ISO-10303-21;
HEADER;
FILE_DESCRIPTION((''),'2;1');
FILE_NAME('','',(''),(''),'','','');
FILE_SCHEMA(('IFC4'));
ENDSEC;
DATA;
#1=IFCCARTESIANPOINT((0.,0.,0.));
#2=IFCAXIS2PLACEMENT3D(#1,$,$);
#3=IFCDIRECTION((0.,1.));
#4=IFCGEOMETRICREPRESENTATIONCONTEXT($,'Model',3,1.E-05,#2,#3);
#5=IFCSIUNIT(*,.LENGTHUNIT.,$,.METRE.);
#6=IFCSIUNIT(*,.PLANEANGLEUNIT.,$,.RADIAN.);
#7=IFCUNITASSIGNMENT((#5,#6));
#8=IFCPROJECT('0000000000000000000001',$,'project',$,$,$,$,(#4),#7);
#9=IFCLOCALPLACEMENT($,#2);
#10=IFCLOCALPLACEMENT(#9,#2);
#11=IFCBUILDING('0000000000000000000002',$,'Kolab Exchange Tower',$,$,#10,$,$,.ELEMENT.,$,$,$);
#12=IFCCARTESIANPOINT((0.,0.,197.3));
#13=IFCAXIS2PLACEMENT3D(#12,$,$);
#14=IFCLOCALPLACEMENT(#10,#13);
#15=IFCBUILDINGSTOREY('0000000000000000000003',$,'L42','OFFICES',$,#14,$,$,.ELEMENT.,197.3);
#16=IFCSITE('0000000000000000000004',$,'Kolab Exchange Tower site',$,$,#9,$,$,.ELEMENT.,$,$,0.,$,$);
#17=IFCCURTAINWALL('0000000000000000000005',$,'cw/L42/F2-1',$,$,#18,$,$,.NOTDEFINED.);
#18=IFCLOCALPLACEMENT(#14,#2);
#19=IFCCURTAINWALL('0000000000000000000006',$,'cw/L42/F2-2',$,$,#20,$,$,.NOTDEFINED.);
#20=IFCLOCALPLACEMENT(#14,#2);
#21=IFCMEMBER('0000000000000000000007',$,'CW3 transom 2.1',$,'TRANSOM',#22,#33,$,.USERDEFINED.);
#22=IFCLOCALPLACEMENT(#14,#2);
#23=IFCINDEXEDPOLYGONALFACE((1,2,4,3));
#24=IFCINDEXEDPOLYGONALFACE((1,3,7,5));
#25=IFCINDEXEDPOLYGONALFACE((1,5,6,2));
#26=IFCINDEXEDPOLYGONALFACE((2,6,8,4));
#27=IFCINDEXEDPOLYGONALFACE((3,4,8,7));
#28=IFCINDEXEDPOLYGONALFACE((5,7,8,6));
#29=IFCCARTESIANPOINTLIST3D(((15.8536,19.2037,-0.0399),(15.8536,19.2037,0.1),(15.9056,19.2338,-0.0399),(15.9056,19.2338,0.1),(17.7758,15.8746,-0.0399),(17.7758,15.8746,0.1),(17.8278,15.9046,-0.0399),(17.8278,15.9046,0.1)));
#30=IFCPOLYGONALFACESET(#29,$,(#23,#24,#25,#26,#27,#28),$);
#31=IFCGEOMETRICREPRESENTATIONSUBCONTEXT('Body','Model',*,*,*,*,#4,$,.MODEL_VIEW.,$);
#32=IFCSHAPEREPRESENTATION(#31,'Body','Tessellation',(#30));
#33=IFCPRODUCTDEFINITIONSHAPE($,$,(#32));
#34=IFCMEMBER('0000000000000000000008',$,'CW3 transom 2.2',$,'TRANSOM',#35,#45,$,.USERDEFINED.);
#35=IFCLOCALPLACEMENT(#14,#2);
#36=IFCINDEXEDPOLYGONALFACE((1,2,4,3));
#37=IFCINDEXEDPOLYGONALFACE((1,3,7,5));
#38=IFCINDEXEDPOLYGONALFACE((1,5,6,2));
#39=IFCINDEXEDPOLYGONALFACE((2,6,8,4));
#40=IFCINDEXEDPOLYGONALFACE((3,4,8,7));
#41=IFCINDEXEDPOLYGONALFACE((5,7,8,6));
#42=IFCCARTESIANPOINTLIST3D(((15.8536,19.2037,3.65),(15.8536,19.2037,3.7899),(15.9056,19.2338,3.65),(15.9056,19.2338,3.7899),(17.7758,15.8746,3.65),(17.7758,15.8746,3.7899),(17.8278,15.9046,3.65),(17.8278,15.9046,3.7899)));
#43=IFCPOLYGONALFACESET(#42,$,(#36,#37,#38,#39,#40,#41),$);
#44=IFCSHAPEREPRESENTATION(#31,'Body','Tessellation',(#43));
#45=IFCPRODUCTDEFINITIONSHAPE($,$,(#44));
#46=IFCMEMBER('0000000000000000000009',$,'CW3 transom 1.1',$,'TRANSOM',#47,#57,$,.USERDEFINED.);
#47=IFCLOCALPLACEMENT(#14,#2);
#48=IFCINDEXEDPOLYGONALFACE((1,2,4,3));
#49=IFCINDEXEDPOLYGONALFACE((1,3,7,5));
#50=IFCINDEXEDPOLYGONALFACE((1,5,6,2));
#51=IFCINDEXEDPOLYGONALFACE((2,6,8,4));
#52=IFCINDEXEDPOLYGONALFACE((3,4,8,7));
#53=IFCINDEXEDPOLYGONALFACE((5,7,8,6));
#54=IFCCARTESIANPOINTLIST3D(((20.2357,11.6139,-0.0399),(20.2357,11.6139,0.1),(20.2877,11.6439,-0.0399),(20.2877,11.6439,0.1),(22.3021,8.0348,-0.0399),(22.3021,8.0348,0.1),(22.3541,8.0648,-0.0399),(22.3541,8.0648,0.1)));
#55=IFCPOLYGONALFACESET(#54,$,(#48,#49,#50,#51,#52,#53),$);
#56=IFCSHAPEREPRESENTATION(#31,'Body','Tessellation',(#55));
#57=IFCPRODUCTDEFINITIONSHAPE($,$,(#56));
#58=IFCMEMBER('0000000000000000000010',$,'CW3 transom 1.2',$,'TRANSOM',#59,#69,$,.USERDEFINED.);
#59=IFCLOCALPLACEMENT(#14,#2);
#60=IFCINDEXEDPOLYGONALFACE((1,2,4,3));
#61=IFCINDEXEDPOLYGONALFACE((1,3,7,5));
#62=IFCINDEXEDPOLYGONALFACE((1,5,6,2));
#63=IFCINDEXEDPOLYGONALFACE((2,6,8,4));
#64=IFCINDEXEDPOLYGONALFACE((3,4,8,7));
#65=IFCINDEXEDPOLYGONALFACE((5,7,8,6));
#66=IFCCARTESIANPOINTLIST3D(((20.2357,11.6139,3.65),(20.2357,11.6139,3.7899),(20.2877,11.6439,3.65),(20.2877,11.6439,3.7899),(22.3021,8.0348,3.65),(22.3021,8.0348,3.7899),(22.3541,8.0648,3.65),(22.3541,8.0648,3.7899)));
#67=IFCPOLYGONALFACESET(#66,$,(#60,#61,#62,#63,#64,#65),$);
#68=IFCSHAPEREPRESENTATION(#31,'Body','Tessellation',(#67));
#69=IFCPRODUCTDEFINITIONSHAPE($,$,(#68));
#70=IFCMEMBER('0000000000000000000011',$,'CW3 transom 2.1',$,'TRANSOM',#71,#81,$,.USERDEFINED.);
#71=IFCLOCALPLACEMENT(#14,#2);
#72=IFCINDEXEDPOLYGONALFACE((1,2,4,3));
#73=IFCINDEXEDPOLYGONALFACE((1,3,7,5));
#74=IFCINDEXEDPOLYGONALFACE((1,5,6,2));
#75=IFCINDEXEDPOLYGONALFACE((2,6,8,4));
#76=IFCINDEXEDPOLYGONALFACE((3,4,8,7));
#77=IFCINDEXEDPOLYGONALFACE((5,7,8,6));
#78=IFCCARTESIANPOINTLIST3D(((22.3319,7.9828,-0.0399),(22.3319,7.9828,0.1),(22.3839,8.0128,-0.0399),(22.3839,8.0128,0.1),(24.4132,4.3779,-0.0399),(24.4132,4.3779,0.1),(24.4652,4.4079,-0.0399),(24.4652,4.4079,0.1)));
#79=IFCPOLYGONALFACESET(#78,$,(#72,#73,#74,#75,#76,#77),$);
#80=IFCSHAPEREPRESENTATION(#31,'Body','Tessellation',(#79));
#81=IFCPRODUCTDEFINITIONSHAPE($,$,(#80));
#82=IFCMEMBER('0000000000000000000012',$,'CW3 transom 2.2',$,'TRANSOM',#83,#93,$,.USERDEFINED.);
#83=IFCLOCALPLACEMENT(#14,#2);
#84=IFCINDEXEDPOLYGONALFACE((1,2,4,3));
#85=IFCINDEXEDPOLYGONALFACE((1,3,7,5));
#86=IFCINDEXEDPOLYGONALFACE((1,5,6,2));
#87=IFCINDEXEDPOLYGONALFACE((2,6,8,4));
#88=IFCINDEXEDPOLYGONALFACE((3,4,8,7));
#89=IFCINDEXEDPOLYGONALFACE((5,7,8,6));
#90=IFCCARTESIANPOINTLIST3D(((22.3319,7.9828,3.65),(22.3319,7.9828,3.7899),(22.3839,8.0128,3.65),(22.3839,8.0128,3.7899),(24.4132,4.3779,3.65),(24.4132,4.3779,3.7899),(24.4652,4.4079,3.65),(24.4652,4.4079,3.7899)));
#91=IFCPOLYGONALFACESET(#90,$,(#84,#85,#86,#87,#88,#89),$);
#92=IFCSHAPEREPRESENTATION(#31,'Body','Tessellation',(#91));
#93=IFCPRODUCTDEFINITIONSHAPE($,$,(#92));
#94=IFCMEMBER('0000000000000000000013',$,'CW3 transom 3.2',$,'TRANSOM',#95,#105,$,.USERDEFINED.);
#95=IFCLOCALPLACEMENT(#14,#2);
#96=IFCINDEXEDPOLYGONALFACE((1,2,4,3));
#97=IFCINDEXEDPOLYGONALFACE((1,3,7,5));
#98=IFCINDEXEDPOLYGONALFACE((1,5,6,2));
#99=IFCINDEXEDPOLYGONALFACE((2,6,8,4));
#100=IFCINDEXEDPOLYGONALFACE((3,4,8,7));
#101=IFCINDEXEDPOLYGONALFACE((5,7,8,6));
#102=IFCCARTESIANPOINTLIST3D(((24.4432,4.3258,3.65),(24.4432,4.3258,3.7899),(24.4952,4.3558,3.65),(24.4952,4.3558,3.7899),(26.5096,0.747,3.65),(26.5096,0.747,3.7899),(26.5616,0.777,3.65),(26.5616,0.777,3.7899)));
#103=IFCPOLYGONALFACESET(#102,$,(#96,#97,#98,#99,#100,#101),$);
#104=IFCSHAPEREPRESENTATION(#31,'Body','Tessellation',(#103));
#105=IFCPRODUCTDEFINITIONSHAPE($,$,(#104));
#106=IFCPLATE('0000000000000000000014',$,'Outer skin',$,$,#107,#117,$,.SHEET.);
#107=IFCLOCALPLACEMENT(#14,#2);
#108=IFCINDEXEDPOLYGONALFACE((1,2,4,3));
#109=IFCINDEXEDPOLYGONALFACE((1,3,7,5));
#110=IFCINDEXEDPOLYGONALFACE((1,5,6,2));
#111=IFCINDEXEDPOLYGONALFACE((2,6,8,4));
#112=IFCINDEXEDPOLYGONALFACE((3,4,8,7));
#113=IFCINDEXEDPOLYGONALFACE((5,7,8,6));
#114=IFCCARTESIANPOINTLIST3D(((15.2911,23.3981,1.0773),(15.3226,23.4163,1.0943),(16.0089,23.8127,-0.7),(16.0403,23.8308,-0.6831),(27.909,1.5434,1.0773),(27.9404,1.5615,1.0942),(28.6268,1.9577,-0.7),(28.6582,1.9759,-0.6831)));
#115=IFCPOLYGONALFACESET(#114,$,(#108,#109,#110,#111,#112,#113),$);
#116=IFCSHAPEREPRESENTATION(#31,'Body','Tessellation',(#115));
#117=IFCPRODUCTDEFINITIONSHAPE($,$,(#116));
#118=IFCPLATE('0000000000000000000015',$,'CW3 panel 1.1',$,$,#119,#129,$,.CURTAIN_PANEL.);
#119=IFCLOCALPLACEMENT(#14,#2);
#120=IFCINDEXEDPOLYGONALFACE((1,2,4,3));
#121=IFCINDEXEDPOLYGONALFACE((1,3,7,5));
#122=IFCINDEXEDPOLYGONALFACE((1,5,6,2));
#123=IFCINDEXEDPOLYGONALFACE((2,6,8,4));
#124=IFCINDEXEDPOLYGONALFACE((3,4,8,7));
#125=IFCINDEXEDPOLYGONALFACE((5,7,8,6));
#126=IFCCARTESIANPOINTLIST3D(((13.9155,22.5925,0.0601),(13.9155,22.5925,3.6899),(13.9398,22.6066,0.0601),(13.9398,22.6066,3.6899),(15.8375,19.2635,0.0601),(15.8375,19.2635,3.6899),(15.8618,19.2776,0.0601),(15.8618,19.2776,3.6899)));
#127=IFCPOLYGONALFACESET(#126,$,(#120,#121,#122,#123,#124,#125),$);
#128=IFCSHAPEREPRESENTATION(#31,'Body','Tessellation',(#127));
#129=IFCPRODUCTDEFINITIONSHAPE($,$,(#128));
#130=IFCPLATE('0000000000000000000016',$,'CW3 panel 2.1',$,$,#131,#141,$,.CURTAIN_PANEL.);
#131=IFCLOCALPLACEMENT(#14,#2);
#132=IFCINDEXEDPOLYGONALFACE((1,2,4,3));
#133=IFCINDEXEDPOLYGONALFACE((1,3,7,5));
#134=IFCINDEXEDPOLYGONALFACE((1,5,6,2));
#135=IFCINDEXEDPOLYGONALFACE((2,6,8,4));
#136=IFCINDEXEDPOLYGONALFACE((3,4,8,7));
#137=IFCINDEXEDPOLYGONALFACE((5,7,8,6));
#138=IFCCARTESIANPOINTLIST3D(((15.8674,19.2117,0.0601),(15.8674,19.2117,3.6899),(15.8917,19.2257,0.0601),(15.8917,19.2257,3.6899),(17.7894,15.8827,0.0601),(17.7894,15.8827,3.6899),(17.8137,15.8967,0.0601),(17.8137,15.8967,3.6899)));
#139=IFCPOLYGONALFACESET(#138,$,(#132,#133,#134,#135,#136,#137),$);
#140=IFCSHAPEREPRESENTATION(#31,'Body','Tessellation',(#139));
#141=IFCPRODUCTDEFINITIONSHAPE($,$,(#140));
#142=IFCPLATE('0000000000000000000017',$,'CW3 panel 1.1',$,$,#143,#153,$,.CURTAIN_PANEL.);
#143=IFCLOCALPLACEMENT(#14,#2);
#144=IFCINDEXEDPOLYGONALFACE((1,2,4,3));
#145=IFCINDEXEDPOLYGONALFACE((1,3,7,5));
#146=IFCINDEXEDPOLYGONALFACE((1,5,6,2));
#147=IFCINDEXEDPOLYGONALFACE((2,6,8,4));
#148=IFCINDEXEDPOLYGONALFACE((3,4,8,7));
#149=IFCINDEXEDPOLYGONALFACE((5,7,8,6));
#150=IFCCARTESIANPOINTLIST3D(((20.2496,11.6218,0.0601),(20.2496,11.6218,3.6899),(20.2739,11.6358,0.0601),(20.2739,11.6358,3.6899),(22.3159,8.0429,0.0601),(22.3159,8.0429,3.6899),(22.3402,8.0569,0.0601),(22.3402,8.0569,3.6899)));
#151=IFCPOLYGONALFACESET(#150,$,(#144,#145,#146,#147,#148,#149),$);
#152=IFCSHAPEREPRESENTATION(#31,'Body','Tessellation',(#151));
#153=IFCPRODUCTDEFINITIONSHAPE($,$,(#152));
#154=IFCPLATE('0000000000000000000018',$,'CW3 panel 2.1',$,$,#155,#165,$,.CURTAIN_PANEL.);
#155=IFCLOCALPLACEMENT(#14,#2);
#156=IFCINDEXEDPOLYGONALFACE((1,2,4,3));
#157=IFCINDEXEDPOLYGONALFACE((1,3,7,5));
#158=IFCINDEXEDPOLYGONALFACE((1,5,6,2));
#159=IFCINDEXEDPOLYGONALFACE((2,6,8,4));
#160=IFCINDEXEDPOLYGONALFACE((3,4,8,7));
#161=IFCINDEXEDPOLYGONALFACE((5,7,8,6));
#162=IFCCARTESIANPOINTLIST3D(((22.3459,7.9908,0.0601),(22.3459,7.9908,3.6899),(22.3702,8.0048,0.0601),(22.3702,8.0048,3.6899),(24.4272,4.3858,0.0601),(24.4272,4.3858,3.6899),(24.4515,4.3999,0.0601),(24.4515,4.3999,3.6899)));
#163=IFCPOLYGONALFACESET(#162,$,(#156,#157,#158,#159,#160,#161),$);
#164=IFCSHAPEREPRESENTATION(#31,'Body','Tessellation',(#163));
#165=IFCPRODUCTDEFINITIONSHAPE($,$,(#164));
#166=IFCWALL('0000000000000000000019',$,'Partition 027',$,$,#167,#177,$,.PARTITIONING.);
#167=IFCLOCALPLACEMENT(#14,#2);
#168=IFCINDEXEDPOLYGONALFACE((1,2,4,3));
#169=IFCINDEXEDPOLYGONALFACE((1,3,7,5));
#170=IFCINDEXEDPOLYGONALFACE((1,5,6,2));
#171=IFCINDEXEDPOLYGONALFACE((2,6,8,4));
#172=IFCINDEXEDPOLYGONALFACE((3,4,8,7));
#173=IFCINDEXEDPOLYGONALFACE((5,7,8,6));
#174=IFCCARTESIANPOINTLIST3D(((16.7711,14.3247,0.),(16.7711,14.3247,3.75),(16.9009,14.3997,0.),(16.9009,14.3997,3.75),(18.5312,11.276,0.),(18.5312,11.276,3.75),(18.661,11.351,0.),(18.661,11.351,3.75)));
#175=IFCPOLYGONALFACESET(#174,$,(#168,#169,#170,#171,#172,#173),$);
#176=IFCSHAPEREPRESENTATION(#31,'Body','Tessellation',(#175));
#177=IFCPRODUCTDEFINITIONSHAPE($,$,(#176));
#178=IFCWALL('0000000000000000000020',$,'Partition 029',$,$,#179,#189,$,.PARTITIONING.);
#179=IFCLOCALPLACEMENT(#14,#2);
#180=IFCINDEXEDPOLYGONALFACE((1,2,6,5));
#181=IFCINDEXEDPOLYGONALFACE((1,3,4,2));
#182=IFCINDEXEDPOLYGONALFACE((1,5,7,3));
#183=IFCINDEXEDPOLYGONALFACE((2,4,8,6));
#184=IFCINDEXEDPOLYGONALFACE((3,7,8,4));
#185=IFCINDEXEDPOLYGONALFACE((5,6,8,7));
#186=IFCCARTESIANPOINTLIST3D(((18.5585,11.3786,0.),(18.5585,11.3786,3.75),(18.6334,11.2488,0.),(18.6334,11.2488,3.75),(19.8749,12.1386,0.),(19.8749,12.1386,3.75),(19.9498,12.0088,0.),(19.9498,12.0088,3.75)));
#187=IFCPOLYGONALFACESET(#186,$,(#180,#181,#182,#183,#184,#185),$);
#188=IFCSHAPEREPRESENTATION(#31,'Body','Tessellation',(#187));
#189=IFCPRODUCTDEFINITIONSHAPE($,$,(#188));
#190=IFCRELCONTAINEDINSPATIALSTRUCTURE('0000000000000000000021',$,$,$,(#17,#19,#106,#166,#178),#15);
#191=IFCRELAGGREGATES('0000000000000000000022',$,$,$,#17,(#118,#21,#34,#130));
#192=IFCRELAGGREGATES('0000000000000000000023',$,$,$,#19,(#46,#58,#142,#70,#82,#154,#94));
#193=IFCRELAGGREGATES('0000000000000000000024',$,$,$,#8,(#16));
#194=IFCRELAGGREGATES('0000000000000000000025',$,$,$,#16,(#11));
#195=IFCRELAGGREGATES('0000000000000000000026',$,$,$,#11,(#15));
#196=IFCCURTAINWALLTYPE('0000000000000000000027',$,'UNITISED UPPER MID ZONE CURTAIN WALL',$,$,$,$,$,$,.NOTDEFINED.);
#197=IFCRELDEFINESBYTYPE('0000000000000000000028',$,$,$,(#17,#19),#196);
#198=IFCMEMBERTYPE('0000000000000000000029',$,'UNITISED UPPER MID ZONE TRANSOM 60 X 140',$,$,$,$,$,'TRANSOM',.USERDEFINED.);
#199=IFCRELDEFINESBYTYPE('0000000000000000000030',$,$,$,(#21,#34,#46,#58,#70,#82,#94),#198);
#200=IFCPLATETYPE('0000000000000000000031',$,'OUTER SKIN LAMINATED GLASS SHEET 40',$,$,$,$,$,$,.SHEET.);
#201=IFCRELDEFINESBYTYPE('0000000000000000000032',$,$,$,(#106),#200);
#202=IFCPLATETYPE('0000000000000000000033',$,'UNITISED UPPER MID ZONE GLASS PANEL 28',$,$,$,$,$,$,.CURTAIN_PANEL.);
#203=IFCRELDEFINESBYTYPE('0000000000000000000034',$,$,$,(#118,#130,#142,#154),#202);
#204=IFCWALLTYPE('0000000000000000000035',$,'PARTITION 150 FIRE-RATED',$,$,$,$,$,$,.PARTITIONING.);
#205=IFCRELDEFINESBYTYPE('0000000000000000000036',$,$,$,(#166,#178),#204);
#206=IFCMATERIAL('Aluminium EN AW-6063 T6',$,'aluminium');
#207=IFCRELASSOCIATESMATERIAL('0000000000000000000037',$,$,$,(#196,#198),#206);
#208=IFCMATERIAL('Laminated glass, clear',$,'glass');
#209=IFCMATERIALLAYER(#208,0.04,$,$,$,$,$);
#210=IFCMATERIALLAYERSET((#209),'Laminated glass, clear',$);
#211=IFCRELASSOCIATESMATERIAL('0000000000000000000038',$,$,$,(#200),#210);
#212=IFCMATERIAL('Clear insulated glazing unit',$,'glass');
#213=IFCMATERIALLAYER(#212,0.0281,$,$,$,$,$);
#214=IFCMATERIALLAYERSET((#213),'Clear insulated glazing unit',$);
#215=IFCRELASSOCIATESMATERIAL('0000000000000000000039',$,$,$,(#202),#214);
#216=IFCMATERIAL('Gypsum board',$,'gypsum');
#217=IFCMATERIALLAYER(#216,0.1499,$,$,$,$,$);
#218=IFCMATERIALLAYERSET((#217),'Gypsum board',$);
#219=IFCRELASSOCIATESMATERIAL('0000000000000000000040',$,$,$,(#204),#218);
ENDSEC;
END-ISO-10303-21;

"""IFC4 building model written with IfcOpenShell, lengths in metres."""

from ifc_helpers import new_model, si_unit, direction, frame, frame_2d, origin, origin_2d, place, context, subcontext, project, spatial, polyline, rectangle, outline, extrude, material, layer, layer_set, material_profile, profile_set, type_object, element, aggregate, save


model = new_model("IFC4")

# Units and contexts
model_context = context("Model", 3, precision=1e-05, world=origin(), true_north=direction((0.0, 1.0)))
body_context = subcontext(model_context, "Body", "Model", "MODEL_VIEW")
ifc_project = project(units=[si_unit("LENGTHUNIT", "METRE"), si_unit("PLANEANGLEUNIT", "RADIAN")], contexts=[model_context])

# Site, building, storey
site_placement = place(None, origin())
site = spatial("IfcSite", under=ifc_project, at=site_placement, Name="Kolab Exchange Tower site", CompositionType="ELEMENT", RefElevation=0.0)
building_placement = place(site_placement, origin())
building = spatial("IfcBuilding", under=site, at=building_placement, Name="Kolab Exchange Tower", CompositionType="ELEMENT")
storey_placement = place(building_placement, frame((0.0, 0.0, 197.3)))
storey = spatial("IfcBuildingStorey", under=building, at=storey_placement, Name="L42", Description="OFFICES", CompositionType="ELEMENT", Elevation=197.3)

# Curtain walls
ifc_material_1 = material(Name="Aluminium EN AW-6063 T6", Category="aluminium")
curtain_wall_type = type_object("IfcCurtainWallType", Name="UNITISED UPPER MID ZONE CURTAIN WALL", PredefinedType="NOTDEFINED", material=ifc_material_1)
curtain_wall_1_placement = place(storey_placement, origin())
curtain_wall_1 = element("IfcCurtainWall", 1, at=curtain_wall_1_placement, inside=storey, type_object=curtain_wall_type, Name="cw/L42/F2-1", PredefinedType="NOTDEFINED")
curtain_wall_2_placement = place(storey_placement, origin())
curtain_wall_2 = element("IfcCurtainWall", 2, at=curtain_wall_2_placement, inside=storey, type_object=curtain_wall_type, Name="cw/L42/F2-2", PredefinedType="NOTDEFINED")

# Members
ifc_material_profile_1 = material_profile(ifc_material_1, rectangle(XDim=0.0601, YDim=0.1399, at=origin_2d()), Name="RECT 60X140")
ifc_profile_set_1 = profile_set([ifc_material_profile_1], Name="Aluminium EN AW-6063 T6")
member_type_1 = type_object("IfcMemberType", Name="UNITISED UPPER MID ZONE TRANSOM 60 X 140", ElementType="TRANSOM", PredefinedType="USERDEFINED", material=ifc_profile_set_1)
member_1_placement = place(storey_placement, frame((15.8796, 19.2188, 0.03), z_axis=(0.500012, -0.866018, 0.0), x_axis=(0.866018, 0.500012, 0.0)))
member_1 = element("IfcMember", 3, at=member_1_placement, type_object=member_type_1, Name="CW3 transom 2.1", ObjectType="TRANSOM", PredefinedType="USERDEFINED", context=body_context, shape_type="SweptSolid", body=[
    extrude(rectangle(XDim=0.0601, YDim=0.1399, at=origin_2d()), origin(), (0.0, 0.0, 1.0), 3.8442),
])
member_2_placement = place(storey_placement, frame((15.8796, 19.2188, 3.72), z_axis=(0.500012, -0.866018, 0.0), x_axis=(0.866018, 0.500012, 0.0)))
member_2 = element("IfcMember", 4, at=member_2_placement, type_object=member_type_1, Name="CW3 transom 2.2", ObjectType="TRANSOM", PredefinedType="USERDEFINED", context=body_context, shape_type="SweptSolid", body=[
    extrude(rectangle(XDim=0.0601, YDim=0.1399, at=origin_2d()), origin(), (0.0, 0.0, 1.0), 3.8442),
])
member_3_placement = place(storey_placement, frame((20.2617, 11.6289, 0.03), z_axis=(0.500002, -0.866024, 0.0), x_axis=(0.866024, 0.500002, 0.0)))
member_3 = element("IfcMember", 5, at=member_3_placement, type_object=member_type_1, Name="CW3 transom 1.1", ObjectType="TRANSOM", PredefinedType="USERDEFINED", context=body_context, shape_type="SweptSolid", body=[
    extrude(rectangle(XDim=0.0601, YDim=0.1399, at=origin_2d()), origin(), (0.0, 0.0, 1.0), 4.1328),
])
member_4_placement = place(storey_placement, frame((20.2617, 11.6289, 3.72), z_axis=(0.500002, -0.866024, 0.0), x_axis=(0.866024, 0.500002, 0.0)))
member_4 = element("IfcMember", 6, at=member_4_placement, type_object=member_type_1, Name="CW3 transom 1.2", ObjectType="TRANSOM", PredefinedType="USERDEFINED", context=body_context, shape_type="SweptSolid", body=[
    extrude(rectangle(XDim=0.0601, YDim=0.1399, at=origin_2d()), origin(), (0.0, 0.0, 1.0), 4.1328),
])
member_5_placement = place(storey_placement, frame((22.3579, 7.9978, 0.03), z_axis=(0.499993, -0.866029, 0.0), x_axis=(0.866029, 0.499993, 0.0)))
member_5 = element("IfcMember", 7, at=member_5_placement, type_object=member_type_1, Name="CW3 transom 2.1", ObjectType="TRANSOM", PredefinedType="USERDEFINED", context=body_context, shape_type="SweptSolid", body=[
    extrude(rectangle(XDim=0.0601, YDim=0.1399, at=origin_2d()), origin(), (0.0, 0.0, 1.0), 4.1626),
])
member_6_placement = place(storey_placement, frame((22.3579, 7.9978, 3.72), z_axis=(0.499993, -0.866029, 0.0), x_axis=(0.866029, 0.499993, 0.0)))
member_6 = element("IfcMember", 8, at=member_6_placement, type_object=member_type_1, Name="CW3 transom 2.2", ObjectType="TRANSOM", PredefinedType="USERDEFINED", context=body_context, shape_type="SweptSolid", body=[
    extrude(rectangle(XDim=0.0601, YDim=0.1399, at=origin_2d()), origin(), (0.0, 0.0, 1.0), 4.1626),
])
member_7_placement = place(storey_placement, frame((24.4692, 4.3408, 3.72), z_axis=(0.500028, -0.866009, 0.0), x_axis=(0.866009, 0.500028, 0.0)))
member_7 = element("IfcMember", 9, at=member_7_placement, type_object=member_type_1, Name="CW3 transom 3.2", ObjectType="TRANSOM", PredefinedType="USERDEFINED", context=body_context, shape_type="SweptSolid", body=[
    extrude(rectangle(XDim=0.0601, YDim=0.1399, at=origin_2d()), origin(), (0.0, 0.0, 1.0), 4.1326),
])

# Plates
ifc_material_2 = material(Name="Laminated glass, clear", Category="glass")
ifc_layer_1 = layer(ifc_material_2, 0.04)
ifc_layer_set_1 = layer_set([ifc_layer_1], Name="Laminated glass, clear")
plate_type_1 = type_object("IfcPlateType", Name="OUTER SKIN LAMINATED GLASS SHEET 40", PredefinedType="SHEET", material=ifc_layer_set_1)
plate_1_placement = place(storey_placement, frame((16.0403, 23.8308, -0.6831), z_axis=(0.784879, 0.453151, 0.422633), x_axis=(0.5, -0.866025, 0.000001)))
element("IfcPlate", 10, at=plate_1_placement, inside=storey, type_object=plate_type_1, Name="Outer skin", PredefinedType="SHEET", context=body_context, shape_type="SweptSolid", body=[
    extrude(outline(polyline([(0.0, 0.0), (25.2359, 0.0), (25.2358, -1.9611), (0.0001, -1.9611), (0.0, 0.0)])), origin(), (0.0, 0.0, -1.0), 0.04),
])
ifc_material_3 = material(Name="Clear insulated glazing unit", Category="glass")
ifc_layer_2 = layer(ifc_material_3, 0.0281)
ifc_layer_set_2 = layer_set([ifc_layer_2], Name="Clear insulated glazing unit")
plate_type_2 = type_object("IfcPlateType", Name="UNITISED UPPER MID ZONE GLASS PANEL 28", PredefinedType="CURTAIN_PANEL", material=ifc_layer_set_2)
plate_2_placement = place(storey_placement, frame((14.8887, 20.9351, 0.0601), z_axis=(0.0, 0.0, 1.0), x_axis=(0.5, -0.866025, 0.0)))
plate_2 = element("IfcPlate", 11, at=plate_2_placement, type_object=plate_type_2, Name="CW3 panel 1.1", PredefinedType="CURTAIN_PANEL", context=body_context, shape_type="SweptSolid", body=[
    extrude(rectangle(XDim=3.844, YDim=0.0281, at=origin_2d()), origin(), (0.0, 0.0, 1.0), 3.6299),
])
plate_3_placement = place(storey_placement, frame((16.8406, 17.5542, 0.0601), z_axis=(0.0, 0.0, 1.0), x_axis=(0.5, -0.866025, 0.0)))
plate_3 = element("IfcPlate", 12, at=plate_3_placement, type_object=plate_type_2, Name="CW3 panel 2.1", PredefinedType="CURTAIN_PANEL", context=body_context, shape_type="SweptSolid", body=[
    extrude(rectangle(XDim=3.844, YDim=0.0281, at=origin_2d()), origin(), (0.0, 0.0, 1.0), 3.6299),
])
aggregate(curtain_wall_1, [plate_2, member_1, member_2, plate_3])
plate_4_placement = place(storey_placement, frame((21.2949, 9.8394, 0.0601), z_axis=(0.0, 0.0, 1.0), x_axis=(0.5, -0.866025, 0.0)))
plate_4 = element("IfcPlate", 13, at=plate_4_placement, type_object=plate_type_2, Name="CW3 panel 1.1", PredefinedType="CURTAIN_PANEL", context=body_context, shape_type="SweptSolid", body=[
    extrude(rectangle(XDim=4.1326, YDim=0.0281, at=origin_2d()), origin(), (0.0, 0.0, 1.0), 3.6299),
])
plate_5_placement = place(storey_placement, frame((23.3987, 6.1953, 0.0601), z_axis=(0.0, 0.0, 1.0), x_axis=(0.5, -0.866025, 0.0)))
plate_5 = element("IfcPlate", 14, at=plate_5_placement, type_object=plate_type_2, Name="CW3 panel 2.1", PredefinedType="CURTAIN_PANEL", context=body_context, shape_type="SweptSolid", body=[
    extrude(rectangle(XDim=4.1626, YDim=0.0281, at=origin_2d()), origin(), (0.0, 0.0, 1.0), 3.6299),
])
aggregate(curtain_wall_2, [member_3, member_4, plate_4, member_5, member_6, plate_5, member_7])

# Walls
ifc_material_4 = material(Name="Gypsum board", Category="gypsum")
ifc_layer_3 = layer(ifc_material_4, 0.1499)
ifc_layer_set_3 = layer_set([ifc_layer_3], Name="Gypsum board")
wall_type_1 = type_object("IfcWallType", Name="PARTITION 150 FIRE-RATED", PredefinedType="PARTITIONING", material=ifc_layer_set_3)
wall_1_placement = place(storey_placement, frame((16.8359, 14.3623, 0.0), z_axis=(0.0, 0.0, 1.0), x_axis=(0.499981, -0.866037, 0.0)))
element("IfcWall", 15, at=wall_1_placement, inside=storey, type_object=wall_type_1, Name="Partition 027", PredefinedType="PARTITIONING", context=body_context, shape_type="SweptSolid", body=[
    extrude(rectangle(XDim=3.5203, YDim=0.1499, at=frame_2d((1.7603, 0.0))), origin(), (0.0, 0.0, 1.0), 3.75),
])
wall_2_placement = place(storey_placement, frame((18.5959, 11.3137, 0.0), z_axis=(0.0, 0.0, 1.0), x_axis=(0.86603, 0.499991, 0.0)))
element("IfcWall", 16, at=wall_2_placement, inside=storey, type_object=wall_type_1, Name="Partition 029", PredefinedType="PARTITIONING", context=body_context, shape_type="SweptSolid", body=[
    extrude(rectangle(XDim=1.52, YDim=0.1499, at=frame_2d((0.76, 0.0))), origin(), (0.0, 0.0, 1.0), 3.75),
])

save(model, "model.ifc")
